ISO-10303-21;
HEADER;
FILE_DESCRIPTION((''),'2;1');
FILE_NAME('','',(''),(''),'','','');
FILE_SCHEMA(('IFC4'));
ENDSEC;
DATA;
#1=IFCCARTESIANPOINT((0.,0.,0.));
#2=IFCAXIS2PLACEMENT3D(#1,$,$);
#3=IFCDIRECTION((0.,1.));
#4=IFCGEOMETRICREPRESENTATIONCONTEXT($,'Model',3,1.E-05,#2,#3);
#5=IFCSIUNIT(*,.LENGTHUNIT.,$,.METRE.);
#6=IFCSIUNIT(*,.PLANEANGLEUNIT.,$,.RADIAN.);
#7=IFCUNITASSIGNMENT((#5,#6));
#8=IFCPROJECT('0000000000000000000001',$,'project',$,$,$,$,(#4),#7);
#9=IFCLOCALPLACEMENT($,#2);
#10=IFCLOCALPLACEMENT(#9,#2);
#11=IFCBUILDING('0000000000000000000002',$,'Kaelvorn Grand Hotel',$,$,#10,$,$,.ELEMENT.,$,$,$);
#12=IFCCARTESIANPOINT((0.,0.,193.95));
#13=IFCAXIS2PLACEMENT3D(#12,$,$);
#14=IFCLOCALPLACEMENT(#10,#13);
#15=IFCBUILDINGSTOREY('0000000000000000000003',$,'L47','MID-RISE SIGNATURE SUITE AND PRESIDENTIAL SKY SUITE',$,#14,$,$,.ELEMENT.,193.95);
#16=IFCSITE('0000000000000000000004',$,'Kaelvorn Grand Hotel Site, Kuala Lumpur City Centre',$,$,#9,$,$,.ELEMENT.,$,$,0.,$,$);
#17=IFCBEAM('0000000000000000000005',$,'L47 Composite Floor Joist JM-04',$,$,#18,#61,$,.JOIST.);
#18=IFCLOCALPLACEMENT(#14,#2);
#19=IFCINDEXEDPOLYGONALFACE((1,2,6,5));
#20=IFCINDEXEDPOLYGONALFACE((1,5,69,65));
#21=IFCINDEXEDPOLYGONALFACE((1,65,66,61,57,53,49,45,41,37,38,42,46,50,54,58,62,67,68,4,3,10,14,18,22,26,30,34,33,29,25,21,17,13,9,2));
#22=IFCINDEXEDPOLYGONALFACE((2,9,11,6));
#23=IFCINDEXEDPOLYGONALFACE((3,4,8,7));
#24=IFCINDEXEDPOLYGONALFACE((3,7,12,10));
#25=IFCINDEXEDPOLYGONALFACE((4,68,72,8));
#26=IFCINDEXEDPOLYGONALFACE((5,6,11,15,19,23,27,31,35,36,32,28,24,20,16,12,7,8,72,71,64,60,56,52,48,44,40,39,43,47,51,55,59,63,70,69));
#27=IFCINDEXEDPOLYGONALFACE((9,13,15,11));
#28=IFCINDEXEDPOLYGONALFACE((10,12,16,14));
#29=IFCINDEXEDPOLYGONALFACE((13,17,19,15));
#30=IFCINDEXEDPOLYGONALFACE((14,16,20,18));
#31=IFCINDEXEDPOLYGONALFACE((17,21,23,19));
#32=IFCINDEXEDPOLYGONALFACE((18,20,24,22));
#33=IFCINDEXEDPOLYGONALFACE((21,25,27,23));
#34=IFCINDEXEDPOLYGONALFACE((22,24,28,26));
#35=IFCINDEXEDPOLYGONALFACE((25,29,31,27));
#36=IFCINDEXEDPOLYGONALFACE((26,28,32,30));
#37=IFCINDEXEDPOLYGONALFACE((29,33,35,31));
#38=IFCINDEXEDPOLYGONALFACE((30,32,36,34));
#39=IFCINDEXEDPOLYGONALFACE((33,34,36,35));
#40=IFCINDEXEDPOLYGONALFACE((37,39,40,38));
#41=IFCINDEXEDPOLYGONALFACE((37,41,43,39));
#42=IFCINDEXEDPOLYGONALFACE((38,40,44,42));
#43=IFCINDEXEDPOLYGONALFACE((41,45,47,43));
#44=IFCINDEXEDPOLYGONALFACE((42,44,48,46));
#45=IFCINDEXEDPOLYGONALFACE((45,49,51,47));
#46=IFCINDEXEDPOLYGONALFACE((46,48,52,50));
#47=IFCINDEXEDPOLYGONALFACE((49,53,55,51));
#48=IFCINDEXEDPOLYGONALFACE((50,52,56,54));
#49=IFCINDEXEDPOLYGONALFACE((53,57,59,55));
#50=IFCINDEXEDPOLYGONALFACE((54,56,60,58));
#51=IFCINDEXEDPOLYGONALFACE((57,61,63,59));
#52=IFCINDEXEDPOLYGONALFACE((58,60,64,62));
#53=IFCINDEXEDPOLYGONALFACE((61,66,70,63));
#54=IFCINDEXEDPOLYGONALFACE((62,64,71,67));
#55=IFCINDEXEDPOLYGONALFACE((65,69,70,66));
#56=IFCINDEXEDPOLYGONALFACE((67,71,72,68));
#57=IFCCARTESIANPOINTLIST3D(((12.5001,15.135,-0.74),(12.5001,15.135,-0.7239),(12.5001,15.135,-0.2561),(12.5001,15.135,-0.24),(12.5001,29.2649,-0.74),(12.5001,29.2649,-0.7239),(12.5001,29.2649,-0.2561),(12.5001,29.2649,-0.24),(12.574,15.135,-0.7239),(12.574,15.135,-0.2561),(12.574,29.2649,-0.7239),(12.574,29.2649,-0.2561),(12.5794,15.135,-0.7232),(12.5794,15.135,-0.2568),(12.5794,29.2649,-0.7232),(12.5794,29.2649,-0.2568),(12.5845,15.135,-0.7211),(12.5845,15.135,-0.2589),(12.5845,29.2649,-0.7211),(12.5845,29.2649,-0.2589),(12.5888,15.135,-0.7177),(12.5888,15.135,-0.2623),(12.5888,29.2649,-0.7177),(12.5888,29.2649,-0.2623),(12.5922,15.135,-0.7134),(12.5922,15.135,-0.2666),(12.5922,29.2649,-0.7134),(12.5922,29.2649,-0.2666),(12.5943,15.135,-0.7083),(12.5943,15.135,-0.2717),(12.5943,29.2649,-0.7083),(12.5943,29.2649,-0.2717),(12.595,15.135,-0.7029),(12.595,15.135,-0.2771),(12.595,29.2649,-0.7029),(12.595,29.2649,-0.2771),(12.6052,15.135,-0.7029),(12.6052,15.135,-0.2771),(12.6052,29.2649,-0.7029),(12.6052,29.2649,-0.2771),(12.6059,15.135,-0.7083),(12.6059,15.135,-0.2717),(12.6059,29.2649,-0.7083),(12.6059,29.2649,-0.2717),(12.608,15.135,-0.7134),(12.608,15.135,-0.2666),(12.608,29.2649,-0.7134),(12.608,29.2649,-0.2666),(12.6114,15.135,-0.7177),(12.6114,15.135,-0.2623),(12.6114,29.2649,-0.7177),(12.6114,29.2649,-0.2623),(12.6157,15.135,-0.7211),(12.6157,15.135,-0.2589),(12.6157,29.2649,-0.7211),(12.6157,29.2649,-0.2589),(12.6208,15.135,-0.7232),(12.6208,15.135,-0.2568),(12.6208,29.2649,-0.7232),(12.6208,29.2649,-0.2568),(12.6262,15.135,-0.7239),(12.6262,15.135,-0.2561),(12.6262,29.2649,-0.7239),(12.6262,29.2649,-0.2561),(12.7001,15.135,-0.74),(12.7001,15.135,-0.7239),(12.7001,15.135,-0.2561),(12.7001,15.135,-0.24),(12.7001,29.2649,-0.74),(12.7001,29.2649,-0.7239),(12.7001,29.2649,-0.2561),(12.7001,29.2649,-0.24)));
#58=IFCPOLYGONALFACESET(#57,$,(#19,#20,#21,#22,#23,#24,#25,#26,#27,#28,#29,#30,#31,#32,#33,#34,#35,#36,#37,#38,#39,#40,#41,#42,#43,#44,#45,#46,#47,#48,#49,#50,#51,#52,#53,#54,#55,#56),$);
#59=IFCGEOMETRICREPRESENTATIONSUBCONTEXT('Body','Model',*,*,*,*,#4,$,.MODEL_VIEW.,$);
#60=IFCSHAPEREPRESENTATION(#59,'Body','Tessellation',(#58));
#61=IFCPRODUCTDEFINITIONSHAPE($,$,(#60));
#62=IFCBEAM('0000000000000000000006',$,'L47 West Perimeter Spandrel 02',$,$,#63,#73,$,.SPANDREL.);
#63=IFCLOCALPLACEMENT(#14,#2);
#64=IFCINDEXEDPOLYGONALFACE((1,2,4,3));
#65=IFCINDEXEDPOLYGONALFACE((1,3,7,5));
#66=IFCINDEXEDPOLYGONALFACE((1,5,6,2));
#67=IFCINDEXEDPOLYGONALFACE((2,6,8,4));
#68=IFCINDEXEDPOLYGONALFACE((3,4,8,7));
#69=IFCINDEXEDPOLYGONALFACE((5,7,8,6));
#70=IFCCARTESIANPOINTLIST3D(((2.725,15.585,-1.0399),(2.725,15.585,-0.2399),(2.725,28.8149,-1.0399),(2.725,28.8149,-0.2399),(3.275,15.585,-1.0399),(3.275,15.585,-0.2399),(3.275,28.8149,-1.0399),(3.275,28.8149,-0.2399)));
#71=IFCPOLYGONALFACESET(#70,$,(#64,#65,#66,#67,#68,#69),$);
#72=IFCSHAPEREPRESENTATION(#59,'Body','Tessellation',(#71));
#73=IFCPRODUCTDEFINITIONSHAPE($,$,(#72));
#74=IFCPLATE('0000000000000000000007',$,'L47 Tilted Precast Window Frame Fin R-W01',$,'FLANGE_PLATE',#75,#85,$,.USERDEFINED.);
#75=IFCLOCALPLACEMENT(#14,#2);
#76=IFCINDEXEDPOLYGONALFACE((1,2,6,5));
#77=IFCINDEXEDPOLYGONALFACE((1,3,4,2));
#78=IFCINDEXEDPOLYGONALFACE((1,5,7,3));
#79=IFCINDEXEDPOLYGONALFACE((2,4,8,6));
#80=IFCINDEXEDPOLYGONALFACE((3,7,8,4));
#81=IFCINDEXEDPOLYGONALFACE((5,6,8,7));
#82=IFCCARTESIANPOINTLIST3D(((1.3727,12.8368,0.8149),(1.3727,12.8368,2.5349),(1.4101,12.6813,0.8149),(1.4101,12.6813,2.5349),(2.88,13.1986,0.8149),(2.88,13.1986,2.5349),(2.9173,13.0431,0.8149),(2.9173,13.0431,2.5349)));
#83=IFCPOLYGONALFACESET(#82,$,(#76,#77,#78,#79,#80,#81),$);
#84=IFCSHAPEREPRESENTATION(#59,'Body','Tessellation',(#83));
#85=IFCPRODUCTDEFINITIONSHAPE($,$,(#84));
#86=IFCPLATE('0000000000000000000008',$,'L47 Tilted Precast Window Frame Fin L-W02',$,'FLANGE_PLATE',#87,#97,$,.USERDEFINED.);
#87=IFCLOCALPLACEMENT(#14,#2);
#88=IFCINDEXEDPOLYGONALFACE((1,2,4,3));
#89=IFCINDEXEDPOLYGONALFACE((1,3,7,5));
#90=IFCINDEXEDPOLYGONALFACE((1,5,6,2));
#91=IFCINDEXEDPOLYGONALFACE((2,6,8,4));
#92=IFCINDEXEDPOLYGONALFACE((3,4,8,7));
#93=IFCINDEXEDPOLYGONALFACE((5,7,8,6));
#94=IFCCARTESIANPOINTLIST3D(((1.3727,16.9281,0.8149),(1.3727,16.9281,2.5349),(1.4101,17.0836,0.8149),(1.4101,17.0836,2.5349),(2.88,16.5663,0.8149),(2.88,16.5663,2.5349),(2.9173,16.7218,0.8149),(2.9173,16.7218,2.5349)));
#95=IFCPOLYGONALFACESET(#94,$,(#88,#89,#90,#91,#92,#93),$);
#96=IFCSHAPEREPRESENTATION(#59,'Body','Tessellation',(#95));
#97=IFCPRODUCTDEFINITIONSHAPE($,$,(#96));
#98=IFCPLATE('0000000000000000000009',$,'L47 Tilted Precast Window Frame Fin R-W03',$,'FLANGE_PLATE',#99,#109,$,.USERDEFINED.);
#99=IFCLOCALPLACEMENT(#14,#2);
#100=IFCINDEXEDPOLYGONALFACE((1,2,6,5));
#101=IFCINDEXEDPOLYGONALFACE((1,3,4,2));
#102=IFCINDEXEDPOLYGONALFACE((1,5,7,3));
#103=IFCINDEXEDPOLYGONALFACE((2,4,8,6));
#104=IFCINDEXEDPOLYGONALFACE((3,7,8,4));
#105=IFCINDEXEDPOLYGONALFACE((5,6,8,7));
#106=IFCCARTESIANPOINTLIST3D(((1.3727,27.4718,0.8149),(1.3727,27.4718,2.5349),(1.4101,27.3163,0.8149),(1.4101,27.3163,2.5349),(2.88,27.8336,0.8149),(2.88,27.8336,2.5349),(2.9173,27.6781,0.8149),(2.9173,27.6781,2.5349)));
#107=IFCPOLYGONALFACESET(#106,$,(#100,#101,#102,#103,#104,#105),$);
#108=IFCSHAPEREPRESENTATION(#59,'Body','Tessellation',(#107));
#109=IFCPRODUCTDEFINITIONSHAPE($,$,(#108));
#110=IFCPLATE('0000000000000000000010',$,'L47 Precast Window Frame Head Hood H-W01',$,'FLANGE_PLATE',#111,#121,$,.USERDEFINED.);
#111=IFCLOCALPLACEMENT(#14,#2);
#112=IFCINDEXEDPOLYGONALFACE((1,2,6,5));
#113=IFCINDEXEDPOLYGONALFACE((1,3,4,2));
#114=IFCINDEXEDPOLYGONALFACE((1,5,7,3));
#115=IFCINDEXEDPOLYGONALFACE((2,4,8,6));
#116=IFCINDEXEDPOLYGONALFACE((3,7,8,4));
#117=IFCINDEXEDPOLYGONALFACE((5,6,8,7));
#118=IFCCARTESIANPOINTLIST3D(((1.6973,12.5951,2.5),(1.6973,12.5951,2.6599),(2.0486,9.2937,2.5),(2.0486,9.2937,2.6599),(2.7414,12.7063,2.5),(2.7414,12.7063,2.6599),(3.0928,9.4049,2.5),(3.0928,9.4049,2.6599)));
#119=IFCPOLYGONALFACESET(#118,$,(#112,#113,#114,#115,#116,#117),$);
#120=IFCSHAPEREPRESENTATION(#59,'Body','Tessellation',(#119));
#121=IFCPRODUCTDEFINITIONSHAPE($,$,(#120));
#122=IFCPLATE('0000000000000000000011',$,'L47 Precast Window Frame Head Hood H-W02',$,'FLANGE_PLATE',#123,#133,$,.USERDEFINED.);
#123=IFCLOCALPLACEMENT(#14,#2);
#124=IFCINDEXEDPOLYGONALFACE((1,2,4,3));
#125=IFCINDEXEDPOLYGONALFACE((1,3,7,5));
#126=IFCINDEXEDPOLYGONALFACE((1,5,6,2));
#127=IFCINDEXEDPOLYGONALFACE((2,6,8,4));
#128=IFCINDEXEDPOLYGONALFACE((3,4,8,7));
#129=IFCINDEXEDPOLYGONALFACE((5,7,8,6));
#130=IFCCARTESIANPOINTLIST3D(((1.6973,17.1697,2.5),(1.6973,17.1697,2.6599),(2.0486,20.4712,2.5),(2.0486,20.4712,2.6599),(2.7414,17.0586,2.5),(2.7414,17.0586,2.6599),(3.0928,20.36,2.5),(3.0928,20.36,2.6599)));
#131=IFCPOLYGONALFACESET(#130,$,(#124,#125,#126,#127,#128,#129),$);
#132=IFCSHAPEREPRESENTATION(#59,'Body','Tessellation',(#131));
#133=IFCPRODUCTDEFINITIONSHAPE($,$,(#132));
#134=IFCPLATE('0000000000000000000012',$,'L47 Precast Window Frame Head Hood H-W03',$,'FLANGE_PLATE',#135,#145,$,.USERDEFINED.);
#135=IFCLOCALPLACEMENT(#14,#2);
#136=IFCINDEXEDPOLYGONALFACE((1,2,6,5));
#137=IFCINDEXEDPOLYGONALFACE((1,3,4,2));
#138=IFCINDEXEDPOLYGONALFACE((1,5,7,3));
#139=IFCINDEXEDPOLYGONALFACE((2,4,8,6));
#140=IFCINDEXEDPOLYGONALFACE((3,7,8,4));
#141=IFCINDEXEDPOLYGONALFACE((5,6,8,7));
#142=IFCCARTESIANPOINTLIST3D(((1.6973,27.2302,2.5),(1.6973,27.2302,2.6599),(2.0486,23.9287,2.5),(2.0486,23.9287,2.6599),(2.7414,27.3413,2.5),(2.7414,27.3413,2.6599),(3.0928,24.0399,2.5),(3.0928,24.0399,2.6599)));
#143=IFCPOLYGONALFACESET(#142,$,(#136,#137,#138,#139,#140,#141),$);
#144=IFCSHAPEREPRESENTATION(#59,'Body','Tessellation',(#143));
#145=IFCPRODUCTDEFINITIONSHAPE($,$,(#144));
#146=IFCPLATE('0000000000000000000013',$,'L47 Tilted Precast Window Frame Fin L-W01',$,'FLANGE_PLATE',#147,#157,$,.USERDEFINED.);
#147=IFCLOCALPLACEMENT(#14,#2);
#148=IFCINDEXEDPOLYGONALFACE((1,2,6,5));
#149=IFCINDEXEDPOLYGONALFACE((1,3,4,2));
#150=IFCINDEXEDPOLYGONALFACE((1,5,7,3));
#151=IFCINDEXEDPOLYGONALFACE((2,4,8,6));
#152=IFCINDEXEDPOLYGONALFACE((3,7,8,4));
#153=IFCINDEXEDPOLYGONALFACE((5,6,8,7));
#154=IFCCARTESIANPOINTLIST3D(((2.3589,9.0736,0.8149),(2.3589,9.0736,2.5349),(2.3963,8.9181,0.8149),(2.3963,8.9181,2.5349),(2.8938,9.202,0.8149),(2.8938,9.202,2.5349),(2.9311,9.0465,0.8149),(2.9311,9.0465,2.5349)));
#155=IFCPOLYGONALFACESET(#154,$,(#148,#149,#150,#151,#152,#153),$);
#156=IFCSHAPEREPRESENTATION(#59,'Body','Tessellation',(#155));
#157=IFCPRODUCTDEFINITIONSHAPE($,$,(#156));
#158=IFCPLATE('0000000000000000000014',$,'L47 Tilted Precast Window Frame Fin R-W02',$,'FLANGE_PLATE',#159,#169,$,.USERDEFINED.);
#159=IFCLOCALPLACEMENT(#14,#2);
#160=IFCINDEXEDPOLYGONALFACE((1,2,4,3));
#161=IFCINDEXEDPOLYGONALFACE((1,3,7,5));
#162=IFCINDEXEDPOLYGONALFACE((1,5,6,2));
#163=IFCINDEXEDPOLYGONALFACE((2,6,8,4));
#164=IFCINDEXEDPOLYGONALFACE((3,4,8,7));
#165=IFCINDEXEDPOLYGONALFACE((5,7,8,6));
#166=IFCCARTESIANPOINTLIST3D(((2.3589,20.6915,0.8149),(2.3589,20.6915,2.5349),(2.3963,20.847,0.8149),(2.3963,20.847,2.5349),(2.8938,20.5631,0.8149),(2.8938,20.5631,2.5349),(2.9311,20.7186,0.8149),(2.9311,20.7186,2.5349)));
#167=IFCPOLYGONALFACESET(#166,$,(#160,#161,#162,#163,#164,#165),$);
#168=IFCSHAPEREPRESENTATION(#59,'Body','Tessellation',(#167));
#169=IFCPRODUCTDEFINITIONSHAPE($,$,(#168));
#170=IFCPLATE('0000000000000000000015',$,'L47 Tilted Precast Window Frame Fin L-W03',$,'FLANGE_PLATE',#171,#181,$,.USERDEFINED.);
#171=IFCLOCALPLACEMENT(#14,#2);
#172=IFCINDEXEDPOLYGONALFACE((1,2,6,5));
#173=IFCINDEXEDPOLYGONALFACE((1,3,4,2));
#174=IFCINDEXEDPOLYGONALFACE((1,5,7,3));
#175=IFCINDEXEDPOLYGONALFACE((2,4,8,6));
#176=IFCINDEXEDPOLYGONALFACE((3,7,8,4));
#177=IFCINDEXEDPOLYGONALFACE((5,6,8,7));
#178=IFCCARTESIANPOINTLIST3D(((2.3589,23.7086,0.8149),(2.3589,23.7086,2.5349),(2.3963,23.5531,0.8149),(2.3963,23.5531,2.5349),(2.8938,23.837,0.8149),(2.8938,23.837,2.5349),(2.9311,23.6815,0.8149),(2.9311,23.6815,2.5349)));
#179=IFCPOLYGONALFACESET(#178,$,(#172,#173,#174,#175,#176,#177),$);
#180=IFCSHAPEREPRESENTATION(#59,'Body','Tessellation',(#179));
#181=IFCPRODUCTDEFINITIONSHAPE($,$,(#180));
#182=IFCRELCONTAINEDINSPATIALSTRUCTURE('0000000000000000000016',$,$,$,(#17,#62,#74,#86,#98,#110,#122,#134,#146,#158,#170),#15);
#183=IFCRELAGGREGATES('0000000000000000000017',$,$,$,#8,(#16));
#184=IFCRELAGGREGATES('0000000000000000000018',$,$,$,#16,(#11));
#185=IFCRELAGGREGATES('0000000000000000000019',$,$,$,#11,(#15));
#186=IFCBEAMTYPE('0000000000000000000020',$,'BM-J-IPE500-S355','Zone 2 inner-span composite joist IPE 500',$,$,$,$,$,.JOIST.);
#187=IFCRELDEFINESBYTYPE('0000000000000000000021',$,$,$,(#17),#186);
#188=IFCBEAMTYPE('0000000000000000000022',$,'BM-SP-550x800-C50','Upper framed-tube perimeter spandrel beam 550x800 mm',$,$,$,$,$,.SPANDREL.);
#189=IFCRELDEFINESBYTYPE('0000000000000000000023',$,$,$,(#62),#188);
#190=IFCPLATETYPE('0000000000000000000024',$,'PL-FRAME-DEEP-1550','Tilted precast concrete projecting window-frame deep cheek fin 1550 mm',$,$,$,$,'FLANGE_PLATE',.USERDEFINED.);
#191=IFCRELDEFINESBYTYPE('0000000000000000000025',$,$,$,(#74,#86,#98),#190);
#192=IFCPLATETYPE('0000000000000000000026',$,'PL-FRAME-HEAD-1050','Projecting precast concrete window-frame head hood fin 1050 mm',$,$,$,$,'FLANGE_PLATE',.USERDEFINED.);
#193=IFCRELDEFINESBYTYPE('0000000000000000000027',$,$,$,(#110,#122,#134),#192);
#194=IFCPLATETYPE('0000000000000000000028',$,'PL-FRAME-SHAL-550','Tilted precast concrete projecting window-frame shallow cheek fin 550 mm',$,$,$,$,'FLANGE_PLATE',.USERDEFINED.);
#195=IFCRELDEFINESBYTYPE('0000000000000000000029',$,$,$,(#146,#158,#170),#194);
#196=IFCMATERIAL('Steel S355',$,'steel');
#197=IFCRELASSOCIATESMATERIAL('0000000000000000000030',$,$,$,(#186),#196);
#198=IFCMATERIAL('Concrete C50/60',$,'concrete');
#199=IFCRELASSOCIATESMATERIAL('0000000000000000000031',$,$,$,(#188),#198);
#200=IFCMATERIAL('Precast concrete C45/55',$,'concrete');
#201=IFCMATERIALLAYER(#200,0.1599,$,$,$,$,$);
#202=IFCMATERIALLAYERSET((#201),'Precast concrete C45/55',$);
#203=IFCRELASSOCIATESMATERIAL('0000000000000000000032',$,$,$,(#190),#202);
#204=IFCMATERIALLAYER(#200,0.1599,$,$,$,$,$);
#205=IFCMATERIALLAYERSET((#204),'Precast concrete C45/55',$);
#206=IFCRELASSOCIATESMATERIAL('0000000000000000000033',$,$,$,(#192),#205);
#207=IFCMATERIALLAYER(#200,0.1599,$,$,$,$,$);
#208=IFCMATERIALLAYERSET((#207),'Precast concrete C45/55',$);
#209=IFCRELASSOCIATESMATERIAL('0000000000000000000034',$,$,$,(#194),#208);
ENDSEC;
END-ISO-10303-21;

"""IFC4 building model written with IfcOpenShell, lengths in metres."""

from ifc_helpers import new_model, si_unit, direction, frame, origin, origin_2d, place, context, subcontext, project, spatial, rectangle, i_section, extrude, material, layer, layer_set, material_profile, profile_set, type_object, element, save


model = new_model("IFC4")

# Units and contexts
model_context = context("Model", 3, precision=1e-05, world=origin(), true_north=direction((0.0, 1.0)))
body_context = subcontext(model_context, "Body", "Model", "MODEL_VIEW")
ifc_project = project(units=[si_unit("LENGTHUNIT", "METRE"), si_unit("PLANEANGLEUNIT", "RADIAN")], contexts=[model_context])

# Site, building, storey
site_placement = place(None, origin())
site = spatial("IfcSite", under=ifc_project, at=site_placement, Name="Kaelvorn Grand Hotel Site, Kuala Lumpur City Centre", CompositionType="ELEMENT", RefElevation=0.0)
building_placement = place(site_placement, origin())
building = spatial("IfcBuilding", under=site, at=building_placement, Name="Kaelvorn Grand Hotel", CompositionType="ELEMENT")
storey_placement = place(building_placement, frame((0.0, 0.0, 193.95)))
storey = spatial("IfcBuildingStorey", under=building, at=storey_placement, Name="L47", Description="MID-RISE SIGNATURE SUITE AND PRESIDENTIAL SKY SUITE", CompositionType="ELEMENT", Elevation=193.95)

# Beams
ifc_material_1 = material(Name="Steel S355", Category="steel")
ifc_material_profile_1 = material_profile(ifc_material_1, i_section(OverallWidth=0.2, OverallDepth=0.5, WebThickness=0.0103, FlangeThickness=0.0161, FilletRadius=0.021, at=origin_2d()), Name="IPE 500")
ifc_profile_set_1 = profile_set([ifc_material_profile_1], Name="Steel S355")
beam_type_1 = type_object("IfcBeamType", Name="BM-J-IPE500-S355", Description="Zone 2 inner-span composite joist IPE 500", PredefinedType="JOIST", material=ifc_profile_set_1)
beam_1_placement = place(storey_placement, frame((12.6001, 15.135, -0.49), z_axis=(0.0, 1.0, 0.0), x_axis=(-1.0, 0.0, 0.0)))
element("IfcBeam", 1, at=beam_1_placement, inside=storey, type_object=beam_type_1, Name="L47 Composite Floor Joist JM-04", PredefinedType="JOIST", context=body_context, shape_type="SweptSolid", body=[
    extrude(i_section(OverallWidth=0.2, OverallDepth=0.5, WebThickness=0.0103, FlangeThickness=0.0161, FilletRadius=0.021, at=origin_2d()), origin(), (0.0, 0.0, 1.0), 14.1299),
])
ifc_material_2 = material(Name="Concrete C50/60", Category="concrete")
ifc_material_profile_2 = material_profile(ifc_material_2, rectangle(XDim=0.55, YDim=0.8, at=origin_2d()), Name="RC SPANDREL 550x800")
ifc_profile_set_2 = profile_set([ifc_material_profile_2], Name="Concrete C50/60")
beam_type_2 = type_object("IfcBeamType", Name="BM-SP-550x800-C50", Description="Upper framed-tube perimeter spandrel beam 550x800 mm", PredefinedType="SPANDREL", material=ifc_profile_set_2)
beam_2_placement = place(storey_placement, frame((3.0, 15.585, -0.6399), z_axis=(0.0, 1.0, 0.0), x_axis=(-1.0, 0.0, 0.0)))
element("IfcBeam", 2, at=beam_2_placement, inside=storey, type_object=beam_type_2, Name="L47 West Perimeter Spandrel 02", PredefinedType="SPANDREL", context=body_context, shape_type="SweptSolid", body=[
    extrude(rectangle(XDim=0.55, YDim=0.8, at=origin_2d()), origin(), (0.0, 0.0, 1.0), 13.23),
])

# Plates
ifc_material_3 = material(Name="Precast concrete C45/55", Category="concrete")
ifc_layer_1 = layer(ifc_material_3, 0.1599)
ifc_layer_set_1 = layer_set([ifc_layer_1], Name="Precast concrete C45/55")
plate_type_1 = type_object("IfcPlateType", Name="PL-FRAME-DEEP-1550", Description="Tilted precast concrete projecting window-frame deep cheek fin 1550 mm", ElementType="FLANGE_PLATE", PredefinedType="USERDEFINED", material=ifc_layer_set_1)
for number, where, z_axis, x_axis, name in (
    (3, (2.145, 12.9399, 0.8149), (0.0, 0.0, 1.0), (-0.233445, 0.97237, 0.0), "L47 Tilted Precast Window Frame Fin R-W01"),
    (4, (2.145, 16.825, 0.8149), (0.0, 0.0, 1.0), (0.233445, 0.97237, 0.0), "L47 Tilted Precast Window Frame Fin L-W02"),
    (5, (2.145, 27.575, 0.8149), (0.0, 0.0, 1.0), (-0.233445, 0.97237, 0.0), "L47 Tilted Precast Window Frame Fin R-W03"),
):
    element("IfcPlate", number, at=place(storey_placement, frame(where, z_axis=z_axis, x_axis=x_axis)), inside=storey, type_object=plate_type_1, Name=name, ObjectType="FLANGE_PLATE", PredefinedType="USERDEFINED", context=body_context, shape_type="SweptSolid", body=[
        extrude(rectangle(XDim=0.1599, YDim=1.55, at=origin_2d()), origin(), (0.0, 0.0, 1.0), 1.72),
    ])
ifc_layer_2 = layer(ifc_material_3, 0.1599)
ifc_layer_set_2 = layer_set([ifc_layer_2], Name="Precast concrete C45/55")
plate_type_2 = type_object("IfcPlateType", Name="PL-FRAME-HEAD-1050", Description="Projecting precast concrete window-frame head hood fin 1050 mm", ElementType="FLANGE_PLATE", PredefinedType="USERDEFINED", material=ifc_layer_set_2)
for number, where, z_axis, x_axis, name in (
    (6, (2.395, 11.0, 2.5), (0.0, 0.0, 1.0), (-0.10583, 0.994384, 0.0), "L47 Precast Window Frame Head Hood H-W01"),
    (7, (2.395, 18.7649, 2.5), (0.0, 0.0, 1.0), (0.10583, 0.994384, 0.0), "L47 Precast Window Frame Head Hood H-W02"),
    (8, (2.395, 25.635, 2.5), (0.0, 0.0, 1.0), (-0.10583, 0.994384, 0.0), "L47 Precast Window Frame Head Hood H-W03"),
):
    element("IfcPlate", number, at=place(storey_placement, frame(where, z_axis=z_axis, x_axis=x_axis)), inside=storey, type_object=plate_type_2, Name=name, ObjectType="FLANGE_PLATE", PredefinedType="USERDEFINED", context=body_context, shape_type="SweptSolid", body=[
        extrude(rectangle(XDim=3.3201, YDim=1.05, at=origin_2d()), origin(), (0.0, 0.0, 1.0), 0.1599),
    ])
ifc_layer_3 = layer(ifc_material_3, 0.1599)
ifc_layer_set_3 = layer_set([ifc_layer_3], Name="Precast concrete C45/55")
plate_type_3 = type_object("IfcPlateType", Name="PL-FRAME-SHAL-550", Description="Tilted precast concrete projecting window-frame shallow cheek fin 550 mm", ElementType="FLANGE_PLATE", PredefinedType="USERDEFINED", material=ifc_layer_set_3)
for number, where, z_axis, x_axis, name in (
    (9, (2.645, 9.0601, 0.8149), (0.0, 0.0, 1.0), (-0.233445, 0.97237, 0.0), "L47 Tilted Precast Window Frame Fin L-W01"),
    (10, (2.645, 20.7051, 0.8149), (0.0, 0.0, 1.0), (0.233445, 0.97237, 0.0), "L47 Tilted Precast Window Frame Fin R-W02"),
    (11, (2.645, 23.6951, 0.8149), (0.0, 0.0, 1.0), (-0.233445, 0.97237, 0.0), "L47 Tilted Precast Window Frame Fin L-W03"),
):
    element("IfcPlate", number, at=place(storey_placement, frame(where, z_axis=z_axis, x_axis=x_axis)), inside=storey, type_object=plate_type_3, Name=name, ObjectType="FLANGE_PLATE", PredefinedType="USERDEFINED", context=body_context, shape_type="SweptSolid", body=[
        extrude(rectangle(XDim=0.1599, YDim=0.55, at=origin_2d()), origin(), (0.0, 0.0, 1.0), 1.72),
    ])

save(model, "model.ifc")
